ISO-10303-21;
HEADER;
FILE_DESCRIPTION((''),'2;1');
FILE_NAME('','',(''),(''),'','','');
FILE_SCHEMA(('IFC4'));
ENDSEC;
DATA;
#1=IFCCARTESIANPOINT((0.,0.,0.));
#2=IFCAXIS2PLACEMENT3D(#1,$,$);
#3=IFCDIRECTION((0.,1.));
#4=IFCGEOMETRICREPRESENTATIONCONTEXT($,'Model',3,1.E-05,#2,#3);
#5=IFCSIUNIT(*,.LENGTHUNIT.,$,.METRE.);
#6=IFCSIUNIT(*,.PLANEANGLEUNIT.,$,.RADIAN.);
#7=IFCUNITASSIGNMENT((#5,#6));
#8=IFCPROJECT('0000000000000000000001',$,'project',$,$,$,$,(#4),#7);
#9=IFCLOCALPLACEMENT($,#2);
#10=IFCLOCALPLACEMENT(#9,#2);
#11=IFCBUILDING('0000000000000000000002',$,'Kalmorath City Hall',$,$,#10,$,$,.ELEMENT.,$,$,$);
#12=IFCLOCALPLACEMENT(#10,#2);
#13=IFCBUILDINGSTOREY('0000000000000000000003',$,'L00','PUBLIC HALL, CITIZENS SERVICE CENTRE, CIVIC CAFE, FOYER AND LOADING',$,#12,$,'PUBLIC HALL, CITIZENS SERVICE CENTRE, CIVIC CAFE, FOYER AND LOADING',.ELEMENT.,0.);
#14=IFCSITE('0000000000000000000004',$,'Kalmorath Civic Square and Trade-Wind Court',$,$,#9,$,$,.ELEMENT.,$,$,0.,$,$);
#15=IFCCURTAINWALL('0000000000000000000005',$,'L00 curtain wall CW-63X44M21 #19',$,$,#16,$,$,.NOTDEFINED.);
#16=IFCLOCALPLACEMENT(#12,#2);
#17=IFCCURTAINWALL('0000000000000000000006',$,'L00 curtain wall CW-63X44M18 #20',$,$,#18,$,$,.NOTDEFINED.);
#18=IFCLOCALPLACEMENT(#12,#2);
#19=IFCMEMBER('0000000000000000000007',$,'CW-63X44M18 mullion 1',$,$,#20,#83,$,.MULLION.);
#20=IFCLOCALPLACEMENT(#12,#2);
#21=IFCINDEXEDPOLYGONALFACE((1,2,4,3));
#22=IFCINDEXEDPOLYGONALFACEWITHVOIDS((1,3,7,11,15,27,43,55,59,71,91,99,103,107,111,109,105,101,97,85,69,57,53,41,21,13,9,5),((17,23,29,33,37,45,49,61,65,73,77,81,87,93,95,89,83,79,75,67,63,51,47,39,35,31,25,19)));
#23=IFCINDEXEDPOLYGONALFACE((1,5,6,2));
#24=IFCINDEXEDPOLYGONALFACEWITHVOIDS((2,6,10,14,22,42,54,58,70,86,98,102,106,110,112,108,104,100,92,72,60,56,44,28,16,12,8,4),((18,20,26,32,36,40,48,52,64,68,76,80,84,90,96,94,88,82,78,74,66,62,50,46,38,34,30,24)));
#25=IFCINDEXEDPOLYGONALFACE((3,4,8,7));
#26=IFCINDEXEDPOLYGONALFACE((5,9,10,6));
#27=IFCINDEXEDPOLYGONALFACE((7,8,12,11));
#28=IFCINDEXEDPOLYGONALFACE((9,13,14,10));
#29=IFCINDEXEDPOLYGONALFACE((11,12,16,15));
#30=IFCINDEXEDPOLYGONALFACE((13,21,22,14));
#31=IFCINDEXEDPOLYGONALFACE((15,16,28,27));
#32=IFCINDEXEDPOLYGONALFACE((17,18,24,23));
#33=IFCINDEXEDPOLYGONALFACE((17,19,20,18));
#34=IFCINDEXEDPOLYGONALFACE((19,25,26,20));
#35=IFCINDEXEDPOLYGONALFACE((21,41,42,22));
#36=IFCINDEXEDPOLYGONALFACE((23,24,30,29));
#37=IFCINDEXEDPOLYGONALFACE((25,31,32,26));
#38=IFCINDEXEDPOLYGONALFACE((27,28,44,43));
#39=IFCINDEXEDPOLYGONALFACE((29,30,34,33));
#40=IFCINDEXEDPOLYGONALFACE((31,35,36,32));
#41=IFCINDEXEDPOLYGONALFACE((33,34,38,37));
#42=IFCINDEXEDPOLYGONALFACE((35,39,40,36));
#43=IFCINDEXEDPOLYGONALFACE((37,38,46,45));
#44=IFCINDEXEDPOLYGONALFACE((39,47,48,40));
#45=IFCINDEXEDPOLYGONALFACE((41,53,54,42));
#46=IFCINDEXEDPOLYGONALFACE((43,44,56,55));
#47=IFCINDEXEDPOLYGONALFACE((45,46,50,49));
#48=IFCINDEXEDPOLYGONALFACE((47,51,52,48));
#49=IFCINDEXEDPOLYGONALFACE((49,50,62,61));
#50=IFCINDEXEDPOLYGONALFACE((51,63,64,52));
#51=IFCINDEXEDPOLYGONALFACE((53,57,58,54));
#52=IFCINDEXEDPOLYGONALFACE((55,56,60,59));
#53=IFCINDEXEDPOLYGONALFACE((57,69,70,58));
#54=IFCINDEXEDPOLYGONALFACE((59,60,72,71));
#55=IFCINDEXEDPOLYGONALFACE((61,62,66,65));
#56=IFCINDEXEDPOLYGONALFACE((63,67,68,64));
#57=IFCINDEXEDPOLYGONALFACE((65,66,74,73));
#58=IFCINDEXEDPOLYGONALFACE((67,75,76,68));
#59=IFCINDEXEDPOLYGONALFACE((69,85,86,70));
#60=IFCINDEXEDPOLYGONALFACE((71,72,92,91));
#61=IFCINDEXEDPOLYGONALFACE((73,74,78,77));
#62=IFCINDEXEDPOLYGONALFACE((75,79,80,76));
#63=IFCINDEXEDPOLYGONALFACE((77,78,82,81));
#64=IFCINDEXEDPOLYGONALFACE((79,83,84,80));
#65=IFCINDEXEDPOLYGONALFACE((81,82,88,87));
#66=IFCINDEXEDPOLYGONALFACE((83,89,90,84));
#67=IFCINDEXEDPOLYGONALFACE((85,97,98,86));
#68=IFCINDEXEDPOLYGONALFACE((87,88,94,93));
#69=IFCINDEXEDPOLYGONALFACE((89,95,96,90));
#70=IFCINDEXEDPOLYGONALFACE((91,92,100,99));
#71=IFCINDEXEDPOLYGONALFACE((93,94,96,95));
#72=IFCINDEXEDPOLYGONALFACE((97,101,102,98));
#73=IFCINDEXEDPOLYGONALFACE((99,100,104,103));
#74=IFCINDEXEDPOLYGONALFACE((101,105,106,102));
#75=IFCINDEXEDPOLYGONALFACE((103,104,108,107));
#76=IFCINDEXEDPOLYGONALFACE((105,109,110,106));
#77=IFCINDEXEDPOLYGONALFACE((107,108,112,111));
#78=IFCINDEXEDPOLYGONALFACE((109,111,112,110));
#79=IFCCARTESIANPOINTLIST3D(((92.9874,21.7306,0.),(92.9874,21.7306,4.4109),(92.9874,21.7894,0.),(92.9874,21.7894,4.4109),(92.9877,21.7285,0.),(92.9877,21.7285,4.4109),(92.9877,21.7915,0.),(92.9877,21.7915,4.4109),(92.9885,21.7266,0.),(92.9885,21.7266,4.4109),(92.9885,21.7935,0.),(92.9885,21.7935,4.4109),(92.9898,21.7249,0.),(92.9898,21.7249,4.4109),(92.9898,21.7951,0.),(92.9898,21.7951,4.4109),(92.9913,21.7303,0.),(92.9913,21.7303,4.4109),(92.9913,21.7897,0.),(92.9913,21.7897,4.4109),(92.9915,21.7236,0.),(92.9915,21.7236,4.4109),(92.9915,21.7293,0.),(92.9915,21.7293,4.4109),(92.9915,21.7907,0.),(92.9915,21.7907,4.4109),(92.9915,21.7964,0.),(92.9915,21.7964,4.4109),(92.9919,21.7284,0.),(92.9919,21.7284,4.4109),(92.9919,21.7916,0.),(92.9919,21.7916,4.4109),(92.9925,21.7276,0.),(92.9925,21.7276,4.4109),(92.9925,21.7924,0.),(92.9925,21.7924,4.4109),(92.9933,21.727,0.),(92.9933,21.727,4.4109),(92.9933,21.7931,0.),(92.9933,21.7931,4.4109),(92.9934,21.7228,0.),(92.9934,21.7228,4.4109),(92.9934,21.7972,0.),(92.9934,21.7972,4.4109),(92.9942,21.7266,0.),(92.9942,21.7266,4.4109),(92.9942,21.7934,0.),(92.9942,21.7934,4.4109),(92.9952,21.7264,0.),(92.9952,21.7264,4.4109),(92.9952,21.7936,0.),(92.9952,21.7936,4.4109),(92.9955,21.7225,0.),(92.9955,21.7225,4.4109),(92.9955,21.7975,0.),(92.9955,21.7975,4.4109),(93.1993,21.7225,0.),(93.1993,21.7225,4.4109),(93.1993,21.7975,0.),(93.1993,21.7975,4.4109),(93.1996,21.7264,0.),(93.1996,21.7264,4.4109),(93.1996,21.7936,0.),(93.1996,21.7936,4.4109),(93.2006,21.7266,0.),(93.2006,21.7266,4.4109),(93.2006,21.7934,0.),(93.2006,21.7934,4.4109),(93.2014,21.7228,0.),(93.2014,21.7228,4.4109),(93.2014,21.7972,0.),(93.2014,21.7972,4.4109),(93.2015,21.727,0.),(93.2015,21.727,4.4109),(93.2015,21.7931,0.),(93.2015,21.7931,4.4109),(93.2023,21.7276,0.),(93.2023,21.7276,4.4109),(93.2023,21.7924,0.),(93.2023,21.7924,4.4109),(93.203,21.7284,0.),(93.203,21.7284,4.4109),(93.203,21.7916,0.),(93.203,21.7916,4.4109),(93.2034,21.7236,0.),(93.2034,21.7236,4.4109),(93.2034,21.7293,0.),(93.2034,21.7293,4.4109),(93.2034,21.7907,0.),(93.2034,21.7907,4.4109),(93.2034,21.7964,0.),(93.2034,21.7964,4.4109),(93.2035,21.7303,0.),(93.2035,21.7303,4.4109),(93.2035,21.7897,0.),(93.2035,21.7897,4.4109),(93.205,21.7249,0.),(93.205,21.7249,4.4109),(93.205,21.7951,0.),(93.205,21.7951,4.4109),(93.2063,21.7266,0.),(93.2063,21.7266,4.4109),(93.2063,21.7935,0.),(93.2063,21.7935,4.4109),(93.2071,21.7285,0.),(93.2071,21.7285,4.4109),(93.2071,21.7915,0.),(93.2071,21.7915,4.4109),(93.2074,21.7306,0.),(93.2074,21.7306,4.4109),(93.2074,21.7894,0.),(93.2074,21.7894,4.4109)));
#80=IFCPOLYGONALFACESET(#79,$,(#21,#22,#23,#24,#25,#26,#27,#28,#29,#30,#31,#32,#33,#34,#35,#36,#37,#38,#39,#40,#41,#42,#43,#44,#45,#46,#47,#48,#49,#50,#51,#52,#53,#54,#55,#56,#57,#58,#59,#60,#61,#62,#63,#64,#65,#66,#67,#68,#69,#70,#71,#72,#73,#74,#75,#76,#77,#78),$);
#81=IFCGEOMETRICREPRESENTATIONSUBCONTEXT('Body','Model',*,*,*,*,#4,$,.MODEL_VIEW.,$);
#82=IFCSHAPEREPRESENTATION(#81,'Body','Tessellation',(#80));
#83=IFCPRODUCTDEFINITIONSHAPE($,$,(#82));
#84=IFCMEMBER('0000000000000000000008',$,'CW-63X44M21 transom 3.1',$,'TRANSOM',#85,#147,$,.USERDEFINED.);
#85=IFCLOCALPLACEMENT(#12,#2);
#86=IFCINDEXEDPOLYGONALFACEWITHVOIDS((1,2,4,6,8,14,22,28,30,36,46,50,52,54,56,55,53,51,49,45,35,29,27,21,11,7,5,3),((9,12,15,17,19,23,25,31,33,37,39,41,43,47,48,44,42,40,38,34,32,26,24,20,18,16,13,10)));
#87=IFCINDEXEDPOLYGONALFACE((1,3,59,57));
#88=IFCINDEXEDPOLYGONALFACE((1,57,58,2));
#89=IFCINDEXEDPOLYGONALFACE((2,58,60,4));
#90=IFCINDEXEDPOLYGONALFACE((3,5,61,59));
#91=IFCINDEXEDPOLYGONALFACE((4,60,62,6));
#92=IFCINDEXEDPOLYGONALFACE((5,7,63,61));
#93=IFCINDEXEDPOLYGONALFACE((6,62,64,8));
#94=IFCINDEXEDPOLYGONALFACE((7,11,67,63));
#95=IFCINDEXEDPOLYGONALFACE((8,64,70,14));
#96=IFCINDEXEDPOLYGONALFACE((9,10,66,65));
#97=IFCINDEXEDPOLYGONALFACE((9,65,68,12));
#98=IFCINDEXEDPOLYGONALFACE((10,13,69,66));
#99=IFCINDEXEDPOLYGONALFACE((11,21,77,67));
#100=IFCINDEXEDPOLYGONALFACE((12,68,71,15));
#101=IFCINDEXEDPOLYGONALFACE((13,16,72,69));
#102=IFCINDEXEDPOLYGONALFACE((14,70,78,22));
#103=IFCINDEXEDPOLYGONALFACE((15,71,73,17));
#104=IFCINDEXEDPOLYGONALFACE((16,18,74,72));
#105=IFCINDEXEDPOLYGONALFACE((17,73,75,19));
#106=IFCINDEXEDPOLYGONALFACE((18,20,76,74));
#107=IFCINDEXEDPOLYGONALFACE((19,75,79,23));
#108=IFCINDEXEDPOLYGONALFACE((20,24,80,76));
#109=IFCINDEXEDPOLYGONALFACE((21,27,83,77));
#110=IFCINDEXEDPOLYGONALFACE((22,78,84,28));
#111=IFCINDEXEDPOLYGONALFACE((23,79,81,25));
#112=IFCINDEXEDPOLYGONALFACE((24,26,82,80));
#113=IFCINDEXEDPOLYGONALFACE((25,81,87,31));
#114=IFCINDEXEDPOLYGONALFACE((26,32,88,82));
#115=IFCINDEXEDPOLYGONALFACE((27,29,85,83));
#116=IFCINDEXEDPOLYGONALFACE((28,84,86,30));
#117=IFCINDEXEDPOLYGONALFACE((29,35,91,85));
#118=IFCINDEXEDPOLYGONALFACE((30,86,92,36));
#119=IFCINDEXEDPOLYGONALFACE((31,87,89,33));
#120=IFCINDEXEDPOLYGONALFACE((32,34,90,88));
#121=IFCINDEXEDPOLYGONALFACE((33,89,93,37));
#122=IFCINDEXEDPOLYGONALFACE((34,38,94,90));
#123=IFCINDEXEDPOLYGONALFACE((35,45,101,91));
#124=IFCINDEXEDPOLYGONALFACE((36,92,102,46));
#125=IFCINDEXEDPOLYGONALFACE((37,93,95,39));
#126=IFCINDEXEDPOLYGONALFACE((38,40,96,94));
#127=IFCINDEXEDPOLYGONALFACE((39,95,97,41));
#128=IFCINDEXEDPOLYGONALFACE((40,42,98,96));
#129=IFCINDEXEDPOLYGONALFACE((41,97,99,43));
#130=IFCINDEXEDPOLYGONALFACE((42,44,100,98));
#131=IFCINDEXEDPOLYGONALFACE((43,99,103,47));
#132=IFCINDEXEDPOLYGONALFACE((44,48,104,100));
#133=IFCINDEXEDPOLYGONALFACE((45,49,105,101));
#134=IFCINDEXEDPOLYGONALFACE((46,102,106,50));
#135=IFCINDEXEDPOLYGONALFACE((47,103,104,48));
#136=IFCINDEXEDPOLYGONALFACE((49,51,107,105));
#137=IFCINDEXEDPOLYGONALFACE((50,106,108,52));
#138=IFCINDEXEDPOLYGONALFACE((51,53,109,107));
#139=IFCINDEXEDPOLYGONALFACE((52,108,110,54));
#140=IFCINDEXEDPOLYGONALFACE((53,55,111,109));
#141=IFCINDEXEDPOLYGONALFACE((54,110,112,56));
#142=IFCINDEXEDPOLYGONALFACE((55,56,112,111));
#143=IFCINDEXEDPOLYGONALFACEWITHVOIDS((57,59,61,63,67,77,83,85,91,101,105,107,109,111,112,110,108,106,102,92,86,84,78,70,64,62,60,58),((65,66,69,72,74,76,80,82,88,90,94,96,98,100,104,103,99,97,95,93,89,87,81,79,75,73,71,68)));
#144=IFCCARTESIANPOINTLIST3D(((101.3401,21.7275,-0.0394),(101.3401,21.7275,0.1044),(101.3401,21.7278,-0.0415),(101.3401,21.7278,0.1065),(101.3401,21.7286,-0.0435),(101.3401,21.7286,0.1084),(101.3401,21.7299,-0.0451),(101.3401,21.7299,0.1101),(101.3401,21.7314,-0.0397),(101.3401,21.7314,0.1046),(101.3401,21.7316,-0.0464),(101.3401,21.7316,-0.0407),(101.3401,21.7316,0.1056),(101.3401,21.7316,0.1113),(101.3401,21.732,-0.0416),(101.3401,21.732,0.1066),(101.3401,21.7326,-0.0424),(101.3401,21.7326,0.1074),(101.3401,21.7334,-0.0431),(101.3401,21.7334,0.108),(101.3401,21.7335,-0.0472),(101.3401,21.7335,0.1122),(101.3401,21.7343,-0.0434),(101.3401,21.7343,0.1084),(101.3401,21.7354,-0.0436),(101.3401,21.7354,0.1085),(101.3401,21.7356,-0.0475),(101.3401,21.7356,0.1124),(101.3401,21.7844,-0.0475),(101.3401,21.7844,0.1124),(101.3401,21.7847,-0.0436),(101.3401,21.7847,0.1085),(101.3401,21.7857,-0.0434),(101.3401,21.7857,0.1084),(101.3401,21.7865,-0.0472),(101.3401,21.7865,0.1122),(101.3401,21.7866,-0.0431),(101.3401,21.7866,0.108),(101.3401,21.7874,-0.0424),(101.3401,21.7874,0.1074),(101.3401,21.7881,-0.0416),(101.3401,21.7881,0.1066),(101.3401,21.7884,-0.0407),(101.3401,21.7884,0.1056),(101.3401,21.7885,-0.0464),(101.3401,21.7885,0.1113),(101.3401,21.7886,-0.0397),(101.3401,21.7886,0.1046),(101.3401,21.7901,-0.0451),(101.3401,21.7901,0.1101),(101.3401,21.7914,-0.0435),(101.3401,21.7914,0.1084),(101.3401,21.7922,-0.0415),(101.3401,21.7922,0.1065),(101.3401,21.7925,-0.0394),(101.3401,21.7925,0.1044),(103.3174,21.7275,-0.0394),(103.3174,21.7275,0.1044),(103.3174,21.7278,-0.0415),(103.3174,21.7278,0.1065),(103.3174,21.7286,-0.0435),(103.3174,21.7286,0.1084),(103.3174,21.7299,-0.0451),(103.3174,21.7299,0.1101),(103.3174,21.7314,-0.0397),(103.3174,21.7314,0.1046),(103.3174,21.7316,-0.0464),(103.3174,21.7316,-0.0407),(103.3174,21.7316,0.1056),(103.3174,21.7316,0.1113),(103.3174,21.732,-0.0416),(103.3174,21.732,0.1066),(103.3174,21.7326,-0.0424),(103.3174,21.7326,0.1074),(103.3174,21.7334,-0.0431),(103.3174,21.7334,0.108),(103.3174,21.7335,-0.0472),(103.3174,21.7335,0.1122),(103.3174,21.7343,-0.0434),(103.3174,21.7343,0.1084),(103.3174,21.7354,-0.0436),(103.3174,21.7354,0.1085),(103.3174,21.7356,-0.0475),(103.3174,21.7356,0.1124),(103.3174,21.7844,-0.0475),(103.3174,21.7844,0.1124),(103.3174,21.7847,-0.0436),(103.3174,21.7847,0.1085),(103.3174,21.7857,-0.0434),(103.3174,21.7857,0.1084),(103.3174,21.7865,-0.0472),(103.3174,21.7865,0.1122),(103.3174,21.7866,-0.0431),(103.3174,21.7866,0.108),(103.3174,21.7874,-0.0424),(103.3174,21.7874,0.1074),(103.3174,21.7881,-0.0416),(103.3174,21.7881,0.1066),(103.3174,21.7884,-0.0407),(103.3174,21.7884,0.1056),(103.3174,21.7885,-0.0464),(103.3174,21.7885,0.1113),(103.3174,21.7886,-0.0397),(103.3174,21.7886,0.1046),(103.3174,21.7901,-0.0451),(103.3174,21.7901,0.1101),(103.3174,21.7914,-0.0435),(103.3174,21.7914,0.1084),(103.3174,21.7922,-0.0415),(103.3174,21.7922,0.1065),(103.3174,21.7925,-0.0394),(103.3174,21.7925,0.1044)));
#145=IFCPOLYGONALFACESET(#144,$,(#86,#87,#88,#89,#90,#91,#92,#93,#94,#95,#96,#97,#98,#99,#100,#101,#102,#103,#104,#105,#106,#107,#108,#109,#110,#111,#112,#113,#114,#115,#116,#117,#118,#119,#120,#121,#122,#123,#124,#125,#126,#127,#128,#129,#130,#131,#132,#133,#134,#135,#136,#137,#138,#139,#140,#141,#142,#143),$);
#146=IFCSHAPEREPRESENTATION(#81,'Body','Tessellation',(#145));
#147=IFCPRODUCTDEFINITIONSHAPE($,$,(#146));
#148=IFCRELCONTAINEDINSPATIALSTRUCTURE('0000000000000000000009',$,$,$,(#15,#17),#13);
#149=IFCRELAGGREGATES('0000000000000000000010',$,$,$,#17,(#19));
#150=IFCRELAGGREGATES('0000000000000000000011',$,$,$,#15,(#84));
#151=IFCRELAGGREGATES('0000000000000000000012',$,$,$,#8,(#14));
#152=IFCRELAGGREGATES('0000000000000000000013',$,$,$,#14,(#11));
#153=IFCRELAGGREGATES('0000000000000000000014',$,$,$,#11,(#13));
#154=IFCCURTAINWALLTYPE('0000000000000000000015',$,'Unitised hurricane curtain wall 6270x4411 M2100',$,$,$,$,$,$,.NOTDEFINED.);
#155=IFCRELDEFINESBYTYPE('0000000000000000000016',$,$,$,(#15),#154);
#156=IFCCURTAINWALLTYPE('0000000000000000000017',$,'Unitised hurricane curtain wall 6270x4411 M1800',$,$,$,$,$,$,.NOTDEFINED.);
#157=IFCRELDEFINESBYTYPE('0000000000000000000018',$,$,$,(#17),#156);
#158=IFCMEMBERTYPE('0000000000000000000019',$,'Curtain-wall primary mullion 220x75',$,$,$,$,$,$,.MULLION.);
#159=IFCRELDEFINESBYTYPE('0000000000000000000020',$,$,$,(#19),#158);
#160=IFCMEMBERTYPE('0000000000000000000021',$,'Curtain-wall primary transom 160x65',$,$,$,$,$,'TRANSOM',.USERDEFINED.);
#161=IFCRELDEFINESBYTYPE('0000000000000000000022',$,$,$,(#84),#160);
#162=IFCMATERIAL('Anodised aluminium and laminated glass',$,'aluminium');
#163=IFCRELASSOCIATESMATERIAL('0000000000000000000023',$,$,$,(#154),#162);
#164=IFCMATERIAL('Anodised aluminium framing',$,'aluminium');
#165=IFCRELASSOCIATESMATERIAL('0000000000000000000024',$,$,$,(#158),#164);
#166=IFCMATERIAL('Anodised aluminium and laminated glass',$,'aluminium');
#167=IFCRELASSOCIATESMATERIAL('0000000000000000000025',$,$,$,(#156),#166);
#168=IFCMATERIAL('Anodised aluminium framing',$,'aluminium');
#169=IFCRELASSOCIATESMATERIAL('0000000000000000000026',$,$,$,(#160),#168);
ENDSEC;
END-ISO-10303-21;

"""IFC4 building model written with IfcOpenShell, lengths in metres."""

from ifc_helpers import new_model, si_unit, direction, frame, origin, origin_2d, place, context, subcontext, project, spatial, hollow_rectangle, extrude, material, material_profile, profile_set, type_object, element, aggregate, save


model = new_model("IFC4")

# Units and contexts
model_context = context("Model", 3, precision=1e-05, world=origin(), true_north=direction((0.0, 1.0)))
body_context = subcontext(model_context, "Body", "Model", "MODEL_VIEW")
ifc_project = project(units=[si_unit("LENGTHUNIT", "METRE"), si_unit("PLANEANGLEUNIT", "RADIAN")], contexts=[model_context])

# Site, building, storey
site_placement = place(None, origin())
site = spatial("IfcSite", under=ifc_project, at=site_placement, Name="Kalmorath Civic Square and Trade-Wind Court", CompositionType="ELEMENT", RefElevation=0.0)
building_placement = place(site_placement, origin())
building = spatial("IfcBuilding", under=site, at=building_placement, Name="Kalmorath City Hall", CompositionType="ELEMENT")
storey_placement = place(building_placement, origin())
storey = spatial("IfcBuildingStorey", under=building, at=storey_placement, Name="L00", Description="PUBLIC HALL, CITIZENS SERVICE CENTRE, CIVIC CAFE, FOYER AND LOADING", LongName="PUBLIC HALL, CITIZENS SERVICE CENTRE, CIVIC CAFE, FOYER AND LOADING", CompositionType="ELEMENT", Elevation=0.0)

# Curtain wall
ifc_material_1 = material(Name="Anodised aluminium and laminated glass", Category="aluminium")
curtain_wall_type_1 = type_object("IfcCurtainWallType", Name="Unitised hurricane curtain wall 6270x4411 M2100", PredefinedType="NOTDEFINED", material=ifc_material_1)
curtain_wall_1_placement = place(storey_placement, origin())
curtain_wall_1 = element("IfcCurtainWall", 1, at=curtain_wall_1_placement, inside=storey, type_object=curtain_wall_type_1, Name="L00 curtain wall CW-63X44M21 #19", PredefinedType="NOTDEFINED")
ifc_material_2 = material(Name="Anodised aluminium framing", Category="aluminium")
ifc_material_profile_1 = material_profile(ifc_material_2, hollow_rectangle(XDim=0.075, YDim=0.22, WallThickness=0.0039, InnerFilletRadius=0.0039, OuterFilletRadius=0.0081, at=origin_2d()), Name="ALU-MUL-220X75X4")
ifc_profile_set_1 = profile_set([ifc_material_profile_1], Name="Anodised aluminium framing")
member_type_1 = type_object("IfcMemberType", Name="Curtain-wall primary mullion 220x75", PredefinedType="MULLION", material=ifc_profile_set_1)

# Curtain wall, member
ifc_material_3 = material(Name="Anodised aluminium and laminated glass", Category="aluminium")
curtain_wall_type_2 = type_object("IfcCurtainWallType", Name="Unitised hurricane curtain wall 6270x4411 M1800", PredefinedType="NOTDEFINED", material=ifc_material_3)
curtain_wall_2_placement = place(storey_placement, origin())
curtain_wall_2 = element("IfcCurtainWall", 2, at=curtain_wall_2_placement, inside=storey, type_object=curtain_wall_type_2, Name="L00 curtain wall CW-63X44M18 #20", PredefinedType="NOTDEFINED")
member_1_placement = place(storey_placement, frame((93.0974, 21.76, 0.0), z_axis=(0.0, 0.0, 1.0), x_axis=(0.0, -1.0, 0.0)))
member_1 = element("IfcMember", 3, at=member_1_placement, type_object=member_type_1, Name="CW-63X44M18 mullion 1", PredefinedType="MULLION", context=body_context, shape_type="SweptSolid", body=[
    extrude(hollow_rectangle(XDim=0.075, YDim=0.22, WallThickness=0.0039, InnerFilletRadius=0.0039, OuterFilletRadius=0.0081, at=origin_2d()), origin(), (0.0, 0.0, 1.0), 4.4109),
])

# Member
ifc_material_4 = material(Name="Anodised aluminium framing", Category="aluminium")
ifc_material_profile_2 = material_profile(ifc_material_4, hollow_rectangle(XDim=0.0649, YDim=0.1599, WallThickness=0.0039, InnerFilletRadius=0.0039, OuterFilletRadius=0.0081, at=origin_2d()), Name="ALU-TRN-160X65X4")
ifc_profile_set_2 = profile_set([ifc_material_profile_2], Name="Anodised aluminium framing")
member_type_2 = type_object("IfcMemberType", Name="Curtain-wall primary transom 160x65", ElementType="TRANSOM", PredefinedType="USERDEFINED", material=ifc_profile_set_2)
member_2_placement = place(storey_placement, frame((103.3174, 21.76, 0.0325), z_axis=(-1.0, 0.0, 0.0), x_axis=(0.0, -1.0, 0.0)))
member_2 = element("IfcMember", 4, at=member_2_placement, type_object=member_type_2, Name="CW-63X44M21 transom 3.1", ObjectType="TRANSOM", PredefinedType="USERDEFINED", context=body_context, shape_type="SweptSolid", body=[
    extrude(hollow_rectangle(XDim=0.0649, YDim=0.1599, WallThickness=0.0039, InnerFilletRadius=0.0039, OuterFilletRadius=0.0081, at=origin_2d()), origin(), (0.0, 0.0, 1.0), 1.9773),
])
aggregate(curtain_wall_2, [member_1])

aggregate(curtain_wall_1, [member_2])

save(model, "model.ifc")
